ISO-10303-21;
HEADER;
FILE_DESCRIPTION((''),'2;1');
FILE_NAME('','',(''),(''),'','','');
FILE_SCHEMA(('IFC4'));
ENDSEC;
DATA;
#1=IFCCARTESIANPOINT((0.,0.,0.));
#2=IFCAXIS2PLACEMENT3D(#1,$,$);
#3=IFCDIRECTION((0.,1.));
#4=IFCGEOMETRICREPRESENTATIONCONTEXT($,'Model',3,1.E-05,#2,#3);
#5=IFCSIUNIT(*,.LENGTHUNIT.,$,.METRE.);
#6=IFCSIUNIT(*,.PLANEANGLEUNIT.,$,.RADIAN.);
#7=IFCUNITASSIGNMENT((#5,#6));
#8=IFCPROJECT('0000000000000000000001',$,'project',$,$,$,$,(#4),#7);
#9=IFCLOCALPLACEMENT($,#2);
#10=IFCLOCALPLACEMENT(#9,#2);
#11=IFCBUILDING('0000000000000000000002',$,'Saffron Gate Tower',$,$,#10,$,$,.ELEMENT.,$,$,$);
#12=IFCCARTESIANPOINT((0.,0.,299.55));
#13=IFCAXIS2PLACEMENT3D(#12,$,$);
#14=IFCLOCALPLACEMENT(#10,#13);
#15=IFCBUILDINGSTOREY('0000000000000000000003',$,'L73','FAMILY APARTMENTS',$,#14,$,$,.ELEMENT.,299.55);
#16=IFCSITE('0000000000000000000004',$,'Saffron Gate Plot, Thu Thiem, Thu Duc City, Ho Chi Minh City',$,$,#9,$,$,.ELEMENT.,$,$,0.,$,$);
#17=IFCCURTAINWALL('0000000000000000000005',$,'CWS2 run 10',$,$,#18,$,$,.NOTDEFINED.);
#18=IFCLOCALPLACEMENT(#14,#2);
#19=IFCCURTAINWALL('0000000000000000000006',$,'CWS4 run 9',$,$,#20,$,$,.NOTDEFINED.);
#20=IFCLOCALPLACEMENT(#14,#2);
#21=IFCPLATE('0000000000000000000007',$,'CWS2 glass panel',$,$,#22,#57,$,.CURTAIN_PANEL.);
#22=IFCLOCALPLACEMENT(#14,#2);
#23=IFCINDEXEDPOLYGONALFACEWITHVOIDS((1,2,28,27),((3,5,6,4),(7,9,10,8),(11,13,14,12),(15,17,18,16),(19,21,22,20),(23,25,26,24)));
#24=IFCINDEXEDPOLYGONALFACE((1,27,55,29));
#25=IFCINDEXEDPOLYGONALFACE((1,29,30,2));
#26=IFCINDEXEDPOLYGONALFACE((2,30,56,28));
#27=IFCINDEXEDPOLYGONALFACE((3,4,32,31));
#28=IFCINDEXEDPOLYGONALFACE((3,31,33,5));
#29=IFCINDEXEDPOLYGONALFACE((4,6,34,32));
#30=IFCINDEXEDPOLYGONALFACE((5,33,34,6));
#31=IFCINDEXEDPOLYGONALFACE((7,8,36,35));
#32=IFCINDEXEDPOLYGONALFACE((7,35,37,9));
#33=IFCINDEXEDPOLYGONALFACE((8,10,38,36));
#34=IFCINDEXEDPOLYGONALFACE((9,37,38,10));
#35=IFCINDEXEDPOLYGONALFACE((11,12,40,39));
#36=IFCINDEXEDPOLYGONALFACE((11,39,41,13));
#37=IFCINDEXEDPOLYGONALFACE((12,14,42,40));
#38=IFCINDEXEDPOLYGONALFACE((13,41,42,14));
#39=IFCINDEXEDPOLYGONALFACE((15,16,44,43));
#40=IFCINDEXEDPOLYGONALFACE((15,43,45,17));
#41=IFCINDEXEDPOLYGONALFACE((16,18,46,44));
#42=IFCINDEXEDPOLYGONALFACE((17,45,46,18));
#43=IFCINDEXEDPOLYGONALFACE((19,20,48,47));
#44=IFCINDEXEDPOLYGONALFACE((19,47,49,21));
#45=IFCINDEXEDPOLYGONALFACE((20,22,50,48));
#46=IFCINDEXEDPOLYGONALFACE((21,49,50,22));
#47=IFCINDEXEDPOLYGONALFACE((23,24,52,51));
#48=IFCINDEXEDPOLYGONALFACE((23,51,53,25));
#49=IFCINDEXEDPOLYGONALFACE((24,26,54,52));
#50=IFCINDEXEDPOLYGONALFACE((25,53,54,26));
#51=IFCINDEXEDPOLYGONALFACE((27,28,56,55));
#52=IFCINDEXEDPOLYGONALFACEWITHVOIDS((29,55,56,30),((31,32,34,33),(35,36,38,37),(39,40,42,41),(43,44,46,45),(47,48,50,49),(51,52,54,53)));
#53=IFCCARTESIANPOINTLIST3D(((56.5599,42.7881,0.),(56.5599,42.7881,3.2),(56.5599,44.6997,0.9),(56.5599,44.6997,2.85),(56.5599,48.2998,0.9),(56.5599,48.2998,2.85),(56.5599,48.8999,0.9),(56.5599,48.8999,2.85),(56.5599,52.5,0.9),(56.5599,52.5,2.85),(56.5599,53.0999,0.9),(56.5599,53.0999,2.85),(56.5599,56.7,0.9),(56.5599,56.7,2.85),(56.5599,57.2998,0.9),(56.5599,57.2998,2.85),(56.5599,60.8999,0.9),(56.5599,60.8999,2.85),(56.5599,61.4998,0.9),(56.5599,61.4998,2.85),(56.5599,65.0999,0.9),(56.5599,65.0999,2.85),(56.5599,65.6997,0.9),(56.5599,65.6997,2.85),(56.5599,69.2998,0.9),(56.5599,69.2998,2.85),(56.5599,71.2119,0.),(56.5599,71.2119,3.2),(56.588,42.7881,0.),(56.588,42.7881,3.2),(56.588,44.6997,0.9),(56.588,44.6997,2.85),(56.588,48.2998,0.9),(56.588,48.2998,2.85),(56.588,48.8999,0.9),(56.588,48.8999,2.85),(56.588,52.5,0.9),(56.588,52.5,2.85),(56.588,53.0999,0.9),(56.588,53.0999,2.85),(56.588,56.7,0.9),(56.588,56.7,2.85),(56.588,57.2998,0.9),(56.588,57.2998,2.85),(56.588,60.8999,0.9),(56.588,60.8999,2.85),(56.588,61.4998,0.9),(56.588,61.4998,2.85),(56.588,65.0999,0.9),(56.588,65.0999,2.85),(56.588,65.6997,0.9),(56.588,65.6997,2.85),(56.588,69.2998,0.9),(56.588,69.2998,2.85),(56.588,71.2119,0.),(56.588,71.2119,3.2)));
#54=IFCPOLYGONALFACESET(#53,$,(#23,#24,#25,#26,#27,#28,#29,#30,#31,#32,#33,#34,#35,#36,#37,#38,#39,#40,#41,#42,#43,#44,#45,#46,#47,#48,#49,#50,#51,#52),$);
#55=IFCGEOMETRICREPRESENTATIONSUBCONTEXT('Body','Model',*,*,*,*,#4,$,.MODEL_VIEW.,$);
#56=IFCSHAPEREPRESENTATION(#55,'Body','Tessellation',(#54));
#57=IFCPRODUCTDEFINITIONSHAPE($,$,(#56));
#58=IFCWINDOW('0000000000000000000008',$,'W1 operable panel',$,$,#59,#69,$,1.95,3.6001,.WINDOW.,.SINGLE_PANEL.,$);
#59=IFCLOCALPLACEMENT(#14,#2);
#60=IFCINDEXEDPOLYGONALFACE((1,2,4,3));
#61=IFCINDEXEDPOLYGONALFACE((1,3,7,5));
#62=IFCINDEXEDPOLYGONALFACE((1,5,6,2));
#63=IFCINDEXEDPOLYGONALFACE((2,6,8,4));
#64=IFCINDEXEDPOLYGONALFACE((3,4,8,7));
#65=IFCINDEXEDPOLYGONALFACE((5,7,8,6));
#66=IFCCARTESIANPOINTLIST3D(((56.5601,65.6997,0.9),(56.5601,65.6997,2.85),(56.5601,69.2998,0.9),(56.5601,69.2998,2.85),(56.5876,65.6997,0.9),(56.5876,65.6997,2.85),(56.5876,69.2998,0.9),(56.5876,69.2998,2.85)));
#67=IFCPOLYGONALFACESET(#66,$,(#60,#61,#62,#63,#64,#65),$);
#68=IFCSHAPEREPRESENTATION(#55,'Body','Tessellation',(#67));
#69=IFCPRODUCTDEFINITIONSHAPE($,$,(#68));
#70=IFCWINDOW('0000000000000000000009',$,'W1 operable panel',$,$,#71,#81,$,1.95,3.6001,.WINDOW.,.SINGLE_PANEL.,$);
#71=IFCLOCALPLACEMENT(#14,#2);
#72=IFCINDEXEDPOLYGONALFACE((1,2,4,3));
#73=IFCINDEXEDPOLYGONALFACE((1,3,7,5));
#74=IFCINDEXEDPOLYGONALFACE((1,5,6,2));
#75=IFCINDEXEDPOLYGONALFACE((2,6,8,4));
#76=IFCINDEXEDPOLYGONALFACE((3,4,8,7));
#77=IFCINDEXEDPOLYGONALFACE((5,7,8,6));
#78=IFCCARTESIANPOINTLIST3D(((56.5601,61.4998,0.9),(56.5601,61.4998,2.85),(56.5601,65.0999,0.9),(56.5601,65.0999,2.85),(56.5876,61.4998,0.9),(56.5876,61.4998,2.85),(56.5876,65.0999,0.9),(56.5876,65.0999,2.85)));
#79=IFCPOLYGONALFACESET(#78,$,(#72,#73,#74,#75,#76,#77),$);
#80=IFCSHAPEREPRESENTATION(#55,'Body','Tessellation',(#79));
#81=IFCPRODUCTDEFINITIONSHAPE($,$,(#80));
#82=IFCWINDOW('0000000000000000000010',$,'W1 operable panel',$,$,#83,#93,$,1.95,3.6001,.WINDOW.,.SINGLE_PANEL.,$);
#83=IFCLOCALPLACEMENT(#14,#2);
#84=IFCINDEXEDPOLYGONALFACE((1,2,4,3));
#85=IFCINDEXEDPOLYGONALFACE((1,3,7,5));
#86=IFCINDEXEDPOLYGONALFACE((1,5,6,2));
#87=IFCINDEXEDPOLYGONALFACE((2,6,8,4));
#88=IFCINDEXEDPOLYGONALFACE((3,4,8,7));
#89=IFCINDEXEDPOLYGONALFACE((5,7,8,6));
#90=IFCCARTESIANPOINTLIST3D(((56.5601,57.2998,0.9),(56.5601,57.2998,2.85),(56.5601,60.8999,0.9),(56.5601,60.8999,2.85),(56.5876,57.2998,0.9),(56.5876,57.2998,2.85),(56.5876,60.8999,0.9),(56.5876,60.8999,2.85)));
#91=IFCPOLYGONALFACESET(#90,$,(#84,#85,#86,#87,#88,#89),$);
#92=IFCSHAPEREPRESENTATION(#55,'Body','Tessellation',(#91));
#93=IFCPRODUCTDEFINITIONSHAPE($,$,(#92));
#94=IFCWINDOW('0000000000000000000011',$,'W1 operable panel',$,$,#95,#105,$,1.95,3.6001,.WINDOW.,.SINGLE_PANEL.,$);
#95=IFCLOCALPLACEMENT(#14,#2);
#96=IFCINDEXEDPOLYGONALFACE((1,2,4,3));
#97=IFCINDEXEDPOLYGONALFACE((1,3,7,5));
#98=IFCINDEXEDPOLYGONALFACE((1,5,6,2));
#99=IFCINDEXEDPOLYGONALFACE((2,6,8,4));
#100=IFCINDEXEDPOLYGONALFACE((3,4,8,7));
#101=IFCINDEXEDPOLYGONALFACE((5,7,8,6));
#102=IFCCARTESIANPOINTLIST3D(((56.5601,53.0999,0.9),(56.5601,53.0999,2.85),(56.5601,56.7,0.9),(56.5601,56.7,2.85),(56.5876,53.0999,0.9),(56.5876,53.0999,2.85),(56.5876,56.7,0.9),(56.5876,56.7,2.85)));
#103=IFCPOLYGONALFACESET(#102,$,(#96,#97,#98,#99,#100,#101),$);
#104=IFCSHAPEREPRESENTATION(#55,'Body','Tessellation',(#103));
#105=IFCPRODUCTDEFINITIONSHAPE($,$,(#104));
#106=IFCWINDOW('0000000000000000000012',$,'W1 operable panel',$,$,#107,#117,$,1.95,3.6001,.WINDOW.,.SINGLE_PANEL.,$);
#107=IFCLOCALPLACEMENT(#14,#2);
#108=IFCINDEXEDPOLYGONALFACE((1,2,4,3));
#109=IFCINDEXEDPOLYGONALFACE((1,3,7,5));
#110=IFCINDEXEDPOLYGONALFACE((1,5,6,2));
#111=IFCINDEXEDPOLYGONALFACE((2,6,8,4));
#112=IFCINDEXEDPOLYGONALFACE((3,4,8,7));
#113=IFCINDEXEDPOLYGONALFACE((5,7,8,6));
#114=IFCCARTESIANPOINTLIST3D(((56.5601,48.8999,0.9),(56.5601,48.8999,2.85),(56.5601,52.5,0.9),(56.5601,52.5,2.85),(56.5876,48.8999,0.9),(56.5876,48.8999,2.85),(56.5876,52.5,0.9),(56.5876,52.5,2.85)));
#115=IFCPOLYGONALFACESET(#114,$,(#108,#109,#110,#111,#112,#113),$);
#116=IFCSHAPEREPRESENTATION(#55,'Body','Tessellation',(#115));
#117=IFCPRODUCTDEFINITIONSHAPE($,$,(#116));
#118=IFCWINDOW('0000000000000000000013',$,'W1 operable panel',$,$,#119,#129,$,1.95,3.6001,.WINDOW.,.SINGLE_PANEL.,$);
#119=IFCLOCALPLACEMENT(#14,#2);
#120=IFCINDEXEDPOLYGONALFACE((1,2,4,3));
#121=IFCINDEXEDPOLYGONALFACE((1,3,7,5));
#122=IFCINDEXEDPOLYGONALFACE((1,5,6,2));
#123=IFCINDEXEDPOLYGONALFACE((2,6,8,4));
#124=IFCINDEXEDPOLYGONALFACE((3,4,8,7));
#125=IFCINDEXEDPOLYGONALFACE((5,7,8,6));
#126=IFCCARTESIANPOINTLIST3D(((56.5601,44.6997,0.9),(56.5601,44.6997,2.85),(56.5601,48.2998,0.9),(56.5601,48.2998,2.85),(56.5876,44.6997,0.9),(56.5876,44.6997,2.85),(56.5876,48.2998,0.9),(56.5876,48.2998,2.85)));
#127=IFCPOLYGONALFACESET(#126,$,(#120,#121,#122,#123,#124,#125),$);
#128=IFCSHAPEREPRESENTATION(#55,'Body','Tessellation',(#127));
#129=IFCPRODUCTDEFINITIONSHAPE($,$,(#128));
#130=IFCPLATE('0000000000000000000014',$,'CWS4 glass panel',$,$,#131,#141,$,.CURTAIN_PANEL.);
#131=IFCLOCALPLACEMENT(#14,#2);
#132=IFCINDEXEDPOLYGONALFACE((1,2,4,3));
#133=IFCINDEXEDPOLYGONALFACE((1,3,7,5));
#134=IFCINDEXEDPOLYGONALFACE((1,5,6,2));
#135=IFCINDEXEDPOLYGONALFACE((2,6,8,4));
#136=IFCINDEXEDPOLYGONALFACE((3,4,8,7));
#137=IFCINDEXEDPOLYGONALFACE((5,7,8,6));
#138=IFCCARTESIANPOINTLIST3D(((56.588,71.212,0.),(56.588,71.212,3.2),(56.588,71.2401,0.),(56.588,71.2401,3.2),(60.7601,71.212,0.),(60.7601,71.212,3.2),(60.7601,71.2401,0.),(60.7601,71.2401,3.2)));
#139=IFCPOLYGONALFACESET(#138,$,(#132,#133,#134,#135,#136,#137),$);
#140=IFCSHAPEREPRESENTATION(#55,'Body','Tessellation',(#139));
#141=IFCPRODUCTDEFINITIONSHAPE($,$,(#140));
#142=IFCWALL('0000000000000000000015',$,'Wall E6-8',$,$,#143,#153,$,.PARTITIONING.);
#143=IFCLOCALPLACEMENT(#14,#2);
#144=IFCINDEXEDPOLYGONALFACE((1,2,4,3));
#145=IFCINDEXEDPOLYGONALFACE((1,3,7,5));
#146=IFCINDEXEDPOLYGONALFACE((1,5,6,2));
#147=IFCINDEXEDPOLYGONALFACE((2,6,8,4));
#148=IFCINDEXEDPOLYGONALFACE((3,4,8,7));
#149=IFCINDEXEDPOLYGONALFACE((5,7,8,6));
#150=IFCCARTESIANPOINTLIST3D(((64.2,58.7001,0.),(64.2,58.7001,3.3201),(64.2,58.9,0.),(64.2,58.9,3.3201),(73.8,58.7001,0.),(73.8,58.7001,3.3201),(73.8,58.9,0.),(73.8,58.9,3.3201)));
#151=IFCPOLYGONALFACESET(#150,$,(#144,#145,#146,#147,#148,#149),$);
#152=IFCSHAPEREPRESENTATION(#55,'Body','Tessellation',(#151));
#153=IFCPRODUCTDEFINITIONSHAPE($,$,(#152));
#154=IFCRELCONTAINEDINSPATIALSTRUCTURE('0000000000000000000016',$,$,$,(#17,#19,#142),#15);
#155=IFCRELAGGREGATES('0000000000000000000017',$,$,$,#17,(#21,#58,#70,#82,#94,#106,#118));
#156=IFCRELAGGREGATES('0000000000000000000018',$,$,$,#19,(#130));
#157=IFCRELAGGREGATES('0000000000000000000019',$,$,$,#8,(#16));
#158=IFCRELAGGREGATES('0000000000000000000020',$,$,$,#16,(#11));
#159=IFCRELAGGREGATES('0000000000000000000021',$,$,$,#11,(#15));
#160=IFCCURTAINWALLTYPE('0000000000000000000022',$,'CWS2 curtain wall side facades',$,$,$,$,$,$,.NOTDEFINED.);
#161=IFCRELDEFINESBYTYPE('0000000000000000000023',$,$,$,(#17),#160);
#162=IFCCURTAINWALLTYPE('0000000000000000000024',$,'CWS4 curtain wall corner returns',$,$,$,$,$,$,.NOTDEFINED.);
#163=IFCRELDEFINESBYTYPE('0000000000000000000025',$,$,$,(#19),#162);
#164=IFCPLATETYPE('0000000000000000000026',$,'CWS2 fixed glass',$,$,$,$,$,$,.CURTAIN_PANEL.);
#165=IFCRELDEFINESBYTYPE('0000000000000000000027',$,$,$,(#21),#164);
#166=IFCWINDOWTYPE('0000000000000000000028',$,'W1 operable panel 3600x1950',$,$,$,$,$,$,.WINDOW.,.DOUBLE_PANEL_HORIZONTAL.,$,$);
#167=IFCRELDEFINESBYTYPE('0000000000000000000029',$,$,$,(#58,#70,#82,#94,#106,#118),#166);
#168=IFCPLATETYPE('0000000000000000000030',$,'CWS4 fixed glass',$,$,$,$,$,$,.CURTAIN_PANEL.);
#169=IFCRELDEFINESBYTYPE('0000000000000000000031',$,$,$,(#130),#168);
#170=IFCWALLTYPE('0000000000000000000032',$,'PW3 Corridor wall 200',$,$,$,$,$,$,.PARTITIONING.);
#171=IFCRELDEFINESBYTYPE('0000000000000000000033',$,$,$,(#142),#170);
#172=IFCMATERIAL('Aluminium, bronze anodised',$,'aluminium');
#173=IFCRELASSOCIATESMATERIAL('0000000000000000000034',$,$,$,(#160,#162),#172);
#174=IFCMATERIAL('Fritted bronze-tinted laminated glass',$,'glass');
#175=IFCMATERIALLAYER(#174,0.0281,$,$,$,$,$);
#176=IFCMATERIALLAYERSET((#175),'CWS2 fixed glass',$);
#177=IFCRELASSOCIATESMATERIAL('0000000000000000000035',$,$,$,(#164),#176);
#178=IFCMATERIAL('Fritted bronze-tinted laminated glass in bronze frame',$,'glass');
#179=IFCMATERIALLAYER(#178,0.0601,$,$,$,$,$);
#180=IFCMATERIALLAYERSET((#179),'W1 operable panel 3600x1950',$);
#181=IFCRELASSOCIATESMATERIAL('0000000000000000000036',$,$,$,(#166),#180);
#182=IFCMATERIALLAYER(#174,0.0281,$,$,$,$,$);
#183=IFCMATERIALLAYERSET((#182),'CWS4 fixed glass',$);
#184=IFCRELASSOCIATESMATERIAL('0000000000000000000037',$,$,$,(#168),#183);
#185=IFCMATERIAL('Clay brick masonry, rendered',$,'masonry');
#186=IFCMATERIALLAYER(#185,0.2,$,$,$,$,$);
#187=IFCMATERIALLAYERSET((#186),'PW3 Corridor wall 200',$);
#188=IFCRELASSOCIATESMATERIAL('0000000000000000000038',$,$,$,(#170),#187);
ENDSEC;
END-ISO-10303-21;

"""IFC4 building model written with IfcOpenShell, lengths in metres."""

from ifc_helpers import new_model, si_unit, direction, frame, frame_2d, origin, place, context, subcontext, project, spatial, rectangle, extrude, material, layer, layer_set, type_object, element, fill, aggregate, save


model = new_model("IFC4")

# Units and contexts
model_context = context("Model", 3, precision=1e-05, world=origin(), true_north=direction((0.0, 1.0)))
body_context = subcontext(model_context, "Body", "Model", "MODEL_VIEW")
ifc_project = project(units=[si_unit("LENGTHUNIT", "METRE"), si_unit("PLANEANGLEUNIT", "RADIAN")], contexts=[model_context])

# Site, building, storey
site_placement = place(None, origin())
site = spatial("IfcSite", under=ifc_project, at=site_placement, Name="Saffron Gate Plot, Thu Thiem, Thu Duc City, Ho Chi Minh City", CompositionType="ELEMENT", RefElevation=0.0)
building_placement = place(site_placement, origin())
building = spatial("IfcBuilding", under=site, at=building_placement, Name="Saffron Gate Tower", CompositionType="ELEMENT")
storey_placement = place(building_placement, frame((0.0, 0.0, 299.55)))
storey = spatial("IfcBuildingStorey", under=building, at=storey_placement, Name="L73", Description="FAMILY APARTMENTS", CompositionType="ELEMENT", Elevation=299.55)

# Curtain walls
ifc_material_1 = material(Name="Aluminium, bronze anodised", Category="aluminium")
curtain_wall_type_1 = type_object("IfcCurtainWallType", Name="CWS2 curtain wall side facades", PredefinedType="NOTDEFINED", material=ifc_material_1)
curtain_wall_1_placement = place(storey_placement, origin())
curtain_wall_1 = element("IfcCurtainWall", 1, at=curtain_wall_1_placement, inside=storey, type_object=curtain_wall_type_1, Name="CWS2 run 10", PredefinedType="NOTDEFINED")
curtain_wall_type_2 = type_object("IfcCurtainWallType", Name="CWS4 curtain wall corner returns", PredefinedType="NOTDEFINED", material=ifc_material_1)
curtain_wall_2_placement = place(storey_placement, origin())
curtain_wall_2 = element("IfcCurtainWall", 2, at=curtain_wall_2_placement, inside=storey, type_object=curtain_wall_type_2, Name="CWS4 run 9", PredefinedType="NOTDEFINED")

# Plate, openings, windows
ifc_material_2 = material(Name="Fritted bronze-tinted laminated glass", Category="glass")
ifc_layer_1 = layer(ifc_material_2, 0.0281)
ifc_layer_set_1 = layer_set([ifc_layer_1], Name="CWS2 fixed glass")
plate_type_1 = type_object("IfcPlateType", Name="CWS2 fixed glass", PredefinedType="CURTAIN_PANEL", material=ifc_layer_set_1)
plate_1_placement = place(storey_placement, frame((56.574, 71.2119, 0.0), z_axis=(0.0, 0.0, 1.0), x_axis=(0.0, -1.0, 0.0)))
plate_1 = element("IfcPlate", 3, at=plate_1_placement, type_object=plate_type_1, Name="CWS2 glass panel", PredefinedType="CURTAIN_PANEL", context=body_context, shape_type="SweptSolid", body=[
    extrude(rectangle(XDim=28.4238, YDim=0.0281, at=frame_2d((14.2119, 0.0))), origin(), (0.0, 0.0, 1.0), 3.2),
])
opening_1_placement = place(plate_1_placement, frame((1.9121, 0.0, 0.8999)))
opening_1 = element("IfcOpeningElement", 4, at=opening_1_placement, cuts=plate_1, PredefinedType="OPENING", context=body_context, shape_type="SweptSolid", body=[
    extrude(rectangle(XDim=3.6001, YDim=1.95, at=frame_2d((1.8, 0.9751))), frame((0.0, 0.0239, 0.0), z_axis=(0.0, -1.0, 0.0), x_axis=(1.0, 0.0, 0.0)), (0.0, 0.0, 1.0), 0.0481),
])
opening_2_placement = place(plate_1_placement, frame((6.1121, 0.0, 0.8999)))
opening_2 = element("IfcOpeningElement", 5, at=opening_2_placement, cuts=plate_1, PredefinedType="OPENING", context=body_context, shape_type="SweptSolid", body=[
    extrude(rectangle(XDim=3.6001, YDim=1.95, at=frame_2d((1.8, 0.9751))), frame((0.0, 0.0239, 0.0), z_axis=(0.0, -1.0, 0.0), x_axis=(1.0, 0.0, 0.0)), (0.0, 0.0, 1.0), 0.0481),
])
opening_3_placement = place(plate_1_placement, frame((10.312, 0.0, 0.8999)))
opening_3 = element("IfcOpeningElement", 6, at=opening_3_placement, cuts=plate_1, PredefinedType="OPENING", context=body_context, shape_type="SweptSolid", body=[
    extrude(rectangle(XDim=3.6001, YDim=1.95, at=frame_2d((1.8, 0.9751))), frame((0.0, 0.0239, 0.0), z_axis=(0.0, -1.0, 0.0), x_axis=(1.0, 0.0, 0.0)), (0.0, 0.0, 1.0), 0.0481),
])
opening_4_placement = place(plate_1_placement, frame((14.512, 0.0, 0.8999)))
opening_4 = element("IfcOpeningElement", 7, at=opening_4_placement, cuts=plate_1, PredefinedType="OPENING", context=body_context, shape_type="SweptSolid", body=[
    extrude(rectangle(XDim=3.6001, YDim=1.95, at=frame_2d((1.8, 0.9751))), frame((0.0, 0.0239, 0.0), z_axis=(0.0, -1.0, 0.0), x_axis=(1.0, 0.0, 0.0)), (0.0, 0.0, 1.0), 0.0481),
])
opening_5_placement = place(plate_1_placement, frame((18.7119, 0.0, 0.8999)))
opening_5 = element("IfcOpeningElement", 8, at=opening_5_placement, cuts=plate_1, PredefinedType="OPENING", context=body_context, shape_type="SweptSolid", body=[
    extrude(rectangle(XDim=3.6001, YDim=1.95, at=frame_2d((1.8, 0.9751))), frame((0.0, 0.0239, 0.0), z_axis=(0.0, -1.0, 0.0), x_axis=(1.0, 0.0, 0.0)), (0.0, 0.0, 1.0), 0.0481),
])
opening_6_placement = place(plate_1_placement, frame((22.9121, 0.0, 0.8999)))
opening_6 = element("IfcOpeningElement", 9, at=opening_6_placement, cuts=plate_1, PredefinedType="OPENING", context=body_context, shape_type="SweptSolid", body=[
    extrude(rectangle(XDim=3.6001, YDim=1.95, at=frame_2d((1.8, 0.9751))), frame((0.0, 0.0239, 0.0), z_axis=(0.0, -1.0, 0.0), x_axis=(1.0, 0.0, 0.0)), (0.0, 0.0, 1.0), 0.0481),
])
ifc_material_3 = material(Name="Fritted bronze-tinted laminated glass in bronze frame", Category="glass")
ifc_layer_2 = layer(ifc_material_3, 0.0601)
ifc_layer_set_2 = layer_set([ifc_layer_2], Name="W1 operable panel 3600x1950")
window_type = type_object("IfcWindowType", Name="W1 operable panel 3600x1950", PartitioningType="DOUBLE_PANEL_HORIZONTAL", PredefinedType="WINDOW", material=ifc_layer_set_2)
window_1_placement = place(opening_1_placement, origin())
window_1 = element("IfcWindow", 10, at=window_1_placement, type_object=window_type, Name="W1 operable panel", OverallHeight=1.95, OverallWidth=3.6001, PartitioningType="SINGLE_PANEL", PredefinedType="WINDOW", context=body_context, shape_type="SweptSolid", body=[
    extrude(rectangle(XDim=3.6001, YDim=1.95, at=frame_2d((1.8, 0.9751))), frame((0.0, 0.0137, 0.0), z_axis=(0.0, -1.0, 0.0), x_axis=(1.0, 0.0, 0.0)), (0.0, 0.0, 1.0), 0.0276),
])
fill(opening_1, window_1)
window_2_placement = place(opening_2_placement, origin())
window_2 = element("IfcWindow", 11, at=window_2_placement, type_object=window_type, Name="W1 operable panel", OverallHeight=1.95, OverallWidth=3.6001, PartitioningType="SINGLE_PANEL", PredefinedType="WINDOW", context=body_context, shape_type="SweptSolid", body=[
    extrude(rectangle(XDim=3.6001, YDim=1.95, at=frame_2d((1.8, 0.9751))), frame((0.0, 0.0137, 0.0), z_axis=(0.0, -1.0, 0.0), x_axis=(1.0, 0.0, 0.0)), (0.0, 0.0, 1.0), 0.0276),
])
fill(opening_2, window_2)
window_3_placement = place(opening_3_placement, origin())
window_3 = element("IfcWindow", 12, at=window_3_placement, type_object=window_type, Name="W1 operable panel", OverallHeight=1.95, OverallWidth=3.6001, PartitioningType="SINGLE_PANEL", PredefinedType="WINDOW", context=body_context, shape_type="SweptSolid", body=[
    extrude(rectangle(XDim=3.6001, YDim=1.95, at=frame_2d((1.8, 0.9751))), frame((0.0, 0.0137, 0.0), z_axis=(0.0, -1.0, 0.0), x_axis=(1.0, 0.0, 0.0)), (0.0, 0.0, 1.0), 0.0276),
])
fill(opening_3, window_3)
window_4_placement = place(opening_4_placement, origin())
window_4 = element("IfcWindow", 13, at=window_4_placement, type_object=window_type, Name="W1 operable panel", OverallHeight=1.95, OverallWidth=3.6001, PartitioningType="SINGLE_PANEL", PredefinedType="WINDOW", context=body_context, shape_type="SweptSolid", body=[
    extrude(rectangle(XDim=3.6001, YDim=1.95, at=frame_2d((1.8, 0.9751))), frame((0.0, 0.0137, 0.0), z_axis=(0.0, -1.0, 0.0), x_axis=(1.0, 0.0, 0.0)), (0.0, 0.0, 1.0), 0.0276),
])
fill(opening_4, window_4)
window_5_placement = place(opening_5_placement, origin())
window_5 = element("IfcWindow", 14, at=window_5_placement, type_object=window_type, Name="W1 operable panel", OverallHeight=1.95, OverallWidth=3.6001, PartitioningType="SINGLE_PANEL", PredefinedType="WINDOW", context=body_context, shape_type="SweptSolid", body=[
    extrude(rectangle(XDim=3.6001, YDim=1.95, at=frame_2d((1.8, 0.9751))), frame((0.0, 0.0137, 0.0), z_axis=(0.0, -1.0, 0.0), x_axis=(1.0, 0.0, 0.0)), (0.0, 0.0, 1.0), 0.0276),
])
fill(opening_5, window_5)
window_6_placement = place(opening_6_placement, origin())
window_6 = element("IfcWindow", 15, at=window_6_placement, type_object=window_type, Name="W1 operable panel", OverallHeight=1.95, OverallWidth=3.6001, PartitioningType="SINGLE_PANEL", PredefinedType="WINDOW", context=body_context, shape_type="SweptSolid", body=[
    extrude(rectangle(XDim=3.6001, YDim=1.95, at=frame_2d((1.8, 0.9751))), frame((0.0, 0.0137, 0.0), z_axis=(0.0, -1.0, 0.0), x_axis=(1.0, 0.0, 0.0)), (0.0, 0.0, 1.0), 0.0276),
])
fill(opening_6, window_6)
aggregate(curtain_wall_1, [plate_1, window_1, window_2, window_3, window_4, window_5, window_6])

# Plate
ifc_layer_3 = layer(ifc_material_2, 0.0281)
ifc_layer_set_3 = layer_set([ifc_layer_3], Name="CWS4 fixed glass")
plate_type_2 = type_object("IfcPlateType", Name="CWS4 fixed glass", PredefinedType="CURTAIN_PANEL", material=ifc_layer_set_3)
plate_2_placement = place(storey_placement, frame((60.76, 71.2261, 0.0), z_axis=(0.0, 0.0, 1.0), x_axis=(-1.0, 0.0, 0.0)))
plate_2 = element("IfcPlate", 16, at=plate_2_placement, type_object=plate_type_2, Name="CWS4 glass panel", PredefinedType="CURTAIN_PANEL", context=body_context, shape_type="SweptSolid", body=[
    extrude(rectangle(XDim=4.1721, YDim=0.0281, at=frame_2d((2.0859, 0.0))), origin(), (0.0, 0.0, 1.0), 3.2),
])
aggregate(curtain_wall_2, [plate_2])

# Wall
ifc_material_4 = material(Name="Clay brick masonry, rendered", Category="masonry")
ifc_layer_4 = layer(ifc_material_4, 0.2)
ifc_layer_set_4 = layer_set([ifc_layer_4], Name="PW3 Corridor wall 200")
wall_type_1 = type_object("IfcWallType", Name="PW3 Corridor wall 200", PredefinedType="PARTITIONING", material=ifc_layer_set_4)
wall_1_placement = place(storey_placement, frame((64.2, 58.8, 0.0), z_axis=(0.0, 0.0, 1.0), x_axis=(1.0, 0.0, 0.0)))
element("IfcWall", 17, at=wall_1_placement, inside=storey, type_object=wall_type_1, Name="Wall E6-8", PredefinedType="PARTITIONING", context=body_context, shape_type="SweptSolid", body=[
    extrude(rectangle(XDim=9.6001, YDim=0.2, at=frame_2d((4.8, 0.0))), origin(), (0.0, 0.0, 1.0), 3.3201),
])

save(model, "model.ifc")
